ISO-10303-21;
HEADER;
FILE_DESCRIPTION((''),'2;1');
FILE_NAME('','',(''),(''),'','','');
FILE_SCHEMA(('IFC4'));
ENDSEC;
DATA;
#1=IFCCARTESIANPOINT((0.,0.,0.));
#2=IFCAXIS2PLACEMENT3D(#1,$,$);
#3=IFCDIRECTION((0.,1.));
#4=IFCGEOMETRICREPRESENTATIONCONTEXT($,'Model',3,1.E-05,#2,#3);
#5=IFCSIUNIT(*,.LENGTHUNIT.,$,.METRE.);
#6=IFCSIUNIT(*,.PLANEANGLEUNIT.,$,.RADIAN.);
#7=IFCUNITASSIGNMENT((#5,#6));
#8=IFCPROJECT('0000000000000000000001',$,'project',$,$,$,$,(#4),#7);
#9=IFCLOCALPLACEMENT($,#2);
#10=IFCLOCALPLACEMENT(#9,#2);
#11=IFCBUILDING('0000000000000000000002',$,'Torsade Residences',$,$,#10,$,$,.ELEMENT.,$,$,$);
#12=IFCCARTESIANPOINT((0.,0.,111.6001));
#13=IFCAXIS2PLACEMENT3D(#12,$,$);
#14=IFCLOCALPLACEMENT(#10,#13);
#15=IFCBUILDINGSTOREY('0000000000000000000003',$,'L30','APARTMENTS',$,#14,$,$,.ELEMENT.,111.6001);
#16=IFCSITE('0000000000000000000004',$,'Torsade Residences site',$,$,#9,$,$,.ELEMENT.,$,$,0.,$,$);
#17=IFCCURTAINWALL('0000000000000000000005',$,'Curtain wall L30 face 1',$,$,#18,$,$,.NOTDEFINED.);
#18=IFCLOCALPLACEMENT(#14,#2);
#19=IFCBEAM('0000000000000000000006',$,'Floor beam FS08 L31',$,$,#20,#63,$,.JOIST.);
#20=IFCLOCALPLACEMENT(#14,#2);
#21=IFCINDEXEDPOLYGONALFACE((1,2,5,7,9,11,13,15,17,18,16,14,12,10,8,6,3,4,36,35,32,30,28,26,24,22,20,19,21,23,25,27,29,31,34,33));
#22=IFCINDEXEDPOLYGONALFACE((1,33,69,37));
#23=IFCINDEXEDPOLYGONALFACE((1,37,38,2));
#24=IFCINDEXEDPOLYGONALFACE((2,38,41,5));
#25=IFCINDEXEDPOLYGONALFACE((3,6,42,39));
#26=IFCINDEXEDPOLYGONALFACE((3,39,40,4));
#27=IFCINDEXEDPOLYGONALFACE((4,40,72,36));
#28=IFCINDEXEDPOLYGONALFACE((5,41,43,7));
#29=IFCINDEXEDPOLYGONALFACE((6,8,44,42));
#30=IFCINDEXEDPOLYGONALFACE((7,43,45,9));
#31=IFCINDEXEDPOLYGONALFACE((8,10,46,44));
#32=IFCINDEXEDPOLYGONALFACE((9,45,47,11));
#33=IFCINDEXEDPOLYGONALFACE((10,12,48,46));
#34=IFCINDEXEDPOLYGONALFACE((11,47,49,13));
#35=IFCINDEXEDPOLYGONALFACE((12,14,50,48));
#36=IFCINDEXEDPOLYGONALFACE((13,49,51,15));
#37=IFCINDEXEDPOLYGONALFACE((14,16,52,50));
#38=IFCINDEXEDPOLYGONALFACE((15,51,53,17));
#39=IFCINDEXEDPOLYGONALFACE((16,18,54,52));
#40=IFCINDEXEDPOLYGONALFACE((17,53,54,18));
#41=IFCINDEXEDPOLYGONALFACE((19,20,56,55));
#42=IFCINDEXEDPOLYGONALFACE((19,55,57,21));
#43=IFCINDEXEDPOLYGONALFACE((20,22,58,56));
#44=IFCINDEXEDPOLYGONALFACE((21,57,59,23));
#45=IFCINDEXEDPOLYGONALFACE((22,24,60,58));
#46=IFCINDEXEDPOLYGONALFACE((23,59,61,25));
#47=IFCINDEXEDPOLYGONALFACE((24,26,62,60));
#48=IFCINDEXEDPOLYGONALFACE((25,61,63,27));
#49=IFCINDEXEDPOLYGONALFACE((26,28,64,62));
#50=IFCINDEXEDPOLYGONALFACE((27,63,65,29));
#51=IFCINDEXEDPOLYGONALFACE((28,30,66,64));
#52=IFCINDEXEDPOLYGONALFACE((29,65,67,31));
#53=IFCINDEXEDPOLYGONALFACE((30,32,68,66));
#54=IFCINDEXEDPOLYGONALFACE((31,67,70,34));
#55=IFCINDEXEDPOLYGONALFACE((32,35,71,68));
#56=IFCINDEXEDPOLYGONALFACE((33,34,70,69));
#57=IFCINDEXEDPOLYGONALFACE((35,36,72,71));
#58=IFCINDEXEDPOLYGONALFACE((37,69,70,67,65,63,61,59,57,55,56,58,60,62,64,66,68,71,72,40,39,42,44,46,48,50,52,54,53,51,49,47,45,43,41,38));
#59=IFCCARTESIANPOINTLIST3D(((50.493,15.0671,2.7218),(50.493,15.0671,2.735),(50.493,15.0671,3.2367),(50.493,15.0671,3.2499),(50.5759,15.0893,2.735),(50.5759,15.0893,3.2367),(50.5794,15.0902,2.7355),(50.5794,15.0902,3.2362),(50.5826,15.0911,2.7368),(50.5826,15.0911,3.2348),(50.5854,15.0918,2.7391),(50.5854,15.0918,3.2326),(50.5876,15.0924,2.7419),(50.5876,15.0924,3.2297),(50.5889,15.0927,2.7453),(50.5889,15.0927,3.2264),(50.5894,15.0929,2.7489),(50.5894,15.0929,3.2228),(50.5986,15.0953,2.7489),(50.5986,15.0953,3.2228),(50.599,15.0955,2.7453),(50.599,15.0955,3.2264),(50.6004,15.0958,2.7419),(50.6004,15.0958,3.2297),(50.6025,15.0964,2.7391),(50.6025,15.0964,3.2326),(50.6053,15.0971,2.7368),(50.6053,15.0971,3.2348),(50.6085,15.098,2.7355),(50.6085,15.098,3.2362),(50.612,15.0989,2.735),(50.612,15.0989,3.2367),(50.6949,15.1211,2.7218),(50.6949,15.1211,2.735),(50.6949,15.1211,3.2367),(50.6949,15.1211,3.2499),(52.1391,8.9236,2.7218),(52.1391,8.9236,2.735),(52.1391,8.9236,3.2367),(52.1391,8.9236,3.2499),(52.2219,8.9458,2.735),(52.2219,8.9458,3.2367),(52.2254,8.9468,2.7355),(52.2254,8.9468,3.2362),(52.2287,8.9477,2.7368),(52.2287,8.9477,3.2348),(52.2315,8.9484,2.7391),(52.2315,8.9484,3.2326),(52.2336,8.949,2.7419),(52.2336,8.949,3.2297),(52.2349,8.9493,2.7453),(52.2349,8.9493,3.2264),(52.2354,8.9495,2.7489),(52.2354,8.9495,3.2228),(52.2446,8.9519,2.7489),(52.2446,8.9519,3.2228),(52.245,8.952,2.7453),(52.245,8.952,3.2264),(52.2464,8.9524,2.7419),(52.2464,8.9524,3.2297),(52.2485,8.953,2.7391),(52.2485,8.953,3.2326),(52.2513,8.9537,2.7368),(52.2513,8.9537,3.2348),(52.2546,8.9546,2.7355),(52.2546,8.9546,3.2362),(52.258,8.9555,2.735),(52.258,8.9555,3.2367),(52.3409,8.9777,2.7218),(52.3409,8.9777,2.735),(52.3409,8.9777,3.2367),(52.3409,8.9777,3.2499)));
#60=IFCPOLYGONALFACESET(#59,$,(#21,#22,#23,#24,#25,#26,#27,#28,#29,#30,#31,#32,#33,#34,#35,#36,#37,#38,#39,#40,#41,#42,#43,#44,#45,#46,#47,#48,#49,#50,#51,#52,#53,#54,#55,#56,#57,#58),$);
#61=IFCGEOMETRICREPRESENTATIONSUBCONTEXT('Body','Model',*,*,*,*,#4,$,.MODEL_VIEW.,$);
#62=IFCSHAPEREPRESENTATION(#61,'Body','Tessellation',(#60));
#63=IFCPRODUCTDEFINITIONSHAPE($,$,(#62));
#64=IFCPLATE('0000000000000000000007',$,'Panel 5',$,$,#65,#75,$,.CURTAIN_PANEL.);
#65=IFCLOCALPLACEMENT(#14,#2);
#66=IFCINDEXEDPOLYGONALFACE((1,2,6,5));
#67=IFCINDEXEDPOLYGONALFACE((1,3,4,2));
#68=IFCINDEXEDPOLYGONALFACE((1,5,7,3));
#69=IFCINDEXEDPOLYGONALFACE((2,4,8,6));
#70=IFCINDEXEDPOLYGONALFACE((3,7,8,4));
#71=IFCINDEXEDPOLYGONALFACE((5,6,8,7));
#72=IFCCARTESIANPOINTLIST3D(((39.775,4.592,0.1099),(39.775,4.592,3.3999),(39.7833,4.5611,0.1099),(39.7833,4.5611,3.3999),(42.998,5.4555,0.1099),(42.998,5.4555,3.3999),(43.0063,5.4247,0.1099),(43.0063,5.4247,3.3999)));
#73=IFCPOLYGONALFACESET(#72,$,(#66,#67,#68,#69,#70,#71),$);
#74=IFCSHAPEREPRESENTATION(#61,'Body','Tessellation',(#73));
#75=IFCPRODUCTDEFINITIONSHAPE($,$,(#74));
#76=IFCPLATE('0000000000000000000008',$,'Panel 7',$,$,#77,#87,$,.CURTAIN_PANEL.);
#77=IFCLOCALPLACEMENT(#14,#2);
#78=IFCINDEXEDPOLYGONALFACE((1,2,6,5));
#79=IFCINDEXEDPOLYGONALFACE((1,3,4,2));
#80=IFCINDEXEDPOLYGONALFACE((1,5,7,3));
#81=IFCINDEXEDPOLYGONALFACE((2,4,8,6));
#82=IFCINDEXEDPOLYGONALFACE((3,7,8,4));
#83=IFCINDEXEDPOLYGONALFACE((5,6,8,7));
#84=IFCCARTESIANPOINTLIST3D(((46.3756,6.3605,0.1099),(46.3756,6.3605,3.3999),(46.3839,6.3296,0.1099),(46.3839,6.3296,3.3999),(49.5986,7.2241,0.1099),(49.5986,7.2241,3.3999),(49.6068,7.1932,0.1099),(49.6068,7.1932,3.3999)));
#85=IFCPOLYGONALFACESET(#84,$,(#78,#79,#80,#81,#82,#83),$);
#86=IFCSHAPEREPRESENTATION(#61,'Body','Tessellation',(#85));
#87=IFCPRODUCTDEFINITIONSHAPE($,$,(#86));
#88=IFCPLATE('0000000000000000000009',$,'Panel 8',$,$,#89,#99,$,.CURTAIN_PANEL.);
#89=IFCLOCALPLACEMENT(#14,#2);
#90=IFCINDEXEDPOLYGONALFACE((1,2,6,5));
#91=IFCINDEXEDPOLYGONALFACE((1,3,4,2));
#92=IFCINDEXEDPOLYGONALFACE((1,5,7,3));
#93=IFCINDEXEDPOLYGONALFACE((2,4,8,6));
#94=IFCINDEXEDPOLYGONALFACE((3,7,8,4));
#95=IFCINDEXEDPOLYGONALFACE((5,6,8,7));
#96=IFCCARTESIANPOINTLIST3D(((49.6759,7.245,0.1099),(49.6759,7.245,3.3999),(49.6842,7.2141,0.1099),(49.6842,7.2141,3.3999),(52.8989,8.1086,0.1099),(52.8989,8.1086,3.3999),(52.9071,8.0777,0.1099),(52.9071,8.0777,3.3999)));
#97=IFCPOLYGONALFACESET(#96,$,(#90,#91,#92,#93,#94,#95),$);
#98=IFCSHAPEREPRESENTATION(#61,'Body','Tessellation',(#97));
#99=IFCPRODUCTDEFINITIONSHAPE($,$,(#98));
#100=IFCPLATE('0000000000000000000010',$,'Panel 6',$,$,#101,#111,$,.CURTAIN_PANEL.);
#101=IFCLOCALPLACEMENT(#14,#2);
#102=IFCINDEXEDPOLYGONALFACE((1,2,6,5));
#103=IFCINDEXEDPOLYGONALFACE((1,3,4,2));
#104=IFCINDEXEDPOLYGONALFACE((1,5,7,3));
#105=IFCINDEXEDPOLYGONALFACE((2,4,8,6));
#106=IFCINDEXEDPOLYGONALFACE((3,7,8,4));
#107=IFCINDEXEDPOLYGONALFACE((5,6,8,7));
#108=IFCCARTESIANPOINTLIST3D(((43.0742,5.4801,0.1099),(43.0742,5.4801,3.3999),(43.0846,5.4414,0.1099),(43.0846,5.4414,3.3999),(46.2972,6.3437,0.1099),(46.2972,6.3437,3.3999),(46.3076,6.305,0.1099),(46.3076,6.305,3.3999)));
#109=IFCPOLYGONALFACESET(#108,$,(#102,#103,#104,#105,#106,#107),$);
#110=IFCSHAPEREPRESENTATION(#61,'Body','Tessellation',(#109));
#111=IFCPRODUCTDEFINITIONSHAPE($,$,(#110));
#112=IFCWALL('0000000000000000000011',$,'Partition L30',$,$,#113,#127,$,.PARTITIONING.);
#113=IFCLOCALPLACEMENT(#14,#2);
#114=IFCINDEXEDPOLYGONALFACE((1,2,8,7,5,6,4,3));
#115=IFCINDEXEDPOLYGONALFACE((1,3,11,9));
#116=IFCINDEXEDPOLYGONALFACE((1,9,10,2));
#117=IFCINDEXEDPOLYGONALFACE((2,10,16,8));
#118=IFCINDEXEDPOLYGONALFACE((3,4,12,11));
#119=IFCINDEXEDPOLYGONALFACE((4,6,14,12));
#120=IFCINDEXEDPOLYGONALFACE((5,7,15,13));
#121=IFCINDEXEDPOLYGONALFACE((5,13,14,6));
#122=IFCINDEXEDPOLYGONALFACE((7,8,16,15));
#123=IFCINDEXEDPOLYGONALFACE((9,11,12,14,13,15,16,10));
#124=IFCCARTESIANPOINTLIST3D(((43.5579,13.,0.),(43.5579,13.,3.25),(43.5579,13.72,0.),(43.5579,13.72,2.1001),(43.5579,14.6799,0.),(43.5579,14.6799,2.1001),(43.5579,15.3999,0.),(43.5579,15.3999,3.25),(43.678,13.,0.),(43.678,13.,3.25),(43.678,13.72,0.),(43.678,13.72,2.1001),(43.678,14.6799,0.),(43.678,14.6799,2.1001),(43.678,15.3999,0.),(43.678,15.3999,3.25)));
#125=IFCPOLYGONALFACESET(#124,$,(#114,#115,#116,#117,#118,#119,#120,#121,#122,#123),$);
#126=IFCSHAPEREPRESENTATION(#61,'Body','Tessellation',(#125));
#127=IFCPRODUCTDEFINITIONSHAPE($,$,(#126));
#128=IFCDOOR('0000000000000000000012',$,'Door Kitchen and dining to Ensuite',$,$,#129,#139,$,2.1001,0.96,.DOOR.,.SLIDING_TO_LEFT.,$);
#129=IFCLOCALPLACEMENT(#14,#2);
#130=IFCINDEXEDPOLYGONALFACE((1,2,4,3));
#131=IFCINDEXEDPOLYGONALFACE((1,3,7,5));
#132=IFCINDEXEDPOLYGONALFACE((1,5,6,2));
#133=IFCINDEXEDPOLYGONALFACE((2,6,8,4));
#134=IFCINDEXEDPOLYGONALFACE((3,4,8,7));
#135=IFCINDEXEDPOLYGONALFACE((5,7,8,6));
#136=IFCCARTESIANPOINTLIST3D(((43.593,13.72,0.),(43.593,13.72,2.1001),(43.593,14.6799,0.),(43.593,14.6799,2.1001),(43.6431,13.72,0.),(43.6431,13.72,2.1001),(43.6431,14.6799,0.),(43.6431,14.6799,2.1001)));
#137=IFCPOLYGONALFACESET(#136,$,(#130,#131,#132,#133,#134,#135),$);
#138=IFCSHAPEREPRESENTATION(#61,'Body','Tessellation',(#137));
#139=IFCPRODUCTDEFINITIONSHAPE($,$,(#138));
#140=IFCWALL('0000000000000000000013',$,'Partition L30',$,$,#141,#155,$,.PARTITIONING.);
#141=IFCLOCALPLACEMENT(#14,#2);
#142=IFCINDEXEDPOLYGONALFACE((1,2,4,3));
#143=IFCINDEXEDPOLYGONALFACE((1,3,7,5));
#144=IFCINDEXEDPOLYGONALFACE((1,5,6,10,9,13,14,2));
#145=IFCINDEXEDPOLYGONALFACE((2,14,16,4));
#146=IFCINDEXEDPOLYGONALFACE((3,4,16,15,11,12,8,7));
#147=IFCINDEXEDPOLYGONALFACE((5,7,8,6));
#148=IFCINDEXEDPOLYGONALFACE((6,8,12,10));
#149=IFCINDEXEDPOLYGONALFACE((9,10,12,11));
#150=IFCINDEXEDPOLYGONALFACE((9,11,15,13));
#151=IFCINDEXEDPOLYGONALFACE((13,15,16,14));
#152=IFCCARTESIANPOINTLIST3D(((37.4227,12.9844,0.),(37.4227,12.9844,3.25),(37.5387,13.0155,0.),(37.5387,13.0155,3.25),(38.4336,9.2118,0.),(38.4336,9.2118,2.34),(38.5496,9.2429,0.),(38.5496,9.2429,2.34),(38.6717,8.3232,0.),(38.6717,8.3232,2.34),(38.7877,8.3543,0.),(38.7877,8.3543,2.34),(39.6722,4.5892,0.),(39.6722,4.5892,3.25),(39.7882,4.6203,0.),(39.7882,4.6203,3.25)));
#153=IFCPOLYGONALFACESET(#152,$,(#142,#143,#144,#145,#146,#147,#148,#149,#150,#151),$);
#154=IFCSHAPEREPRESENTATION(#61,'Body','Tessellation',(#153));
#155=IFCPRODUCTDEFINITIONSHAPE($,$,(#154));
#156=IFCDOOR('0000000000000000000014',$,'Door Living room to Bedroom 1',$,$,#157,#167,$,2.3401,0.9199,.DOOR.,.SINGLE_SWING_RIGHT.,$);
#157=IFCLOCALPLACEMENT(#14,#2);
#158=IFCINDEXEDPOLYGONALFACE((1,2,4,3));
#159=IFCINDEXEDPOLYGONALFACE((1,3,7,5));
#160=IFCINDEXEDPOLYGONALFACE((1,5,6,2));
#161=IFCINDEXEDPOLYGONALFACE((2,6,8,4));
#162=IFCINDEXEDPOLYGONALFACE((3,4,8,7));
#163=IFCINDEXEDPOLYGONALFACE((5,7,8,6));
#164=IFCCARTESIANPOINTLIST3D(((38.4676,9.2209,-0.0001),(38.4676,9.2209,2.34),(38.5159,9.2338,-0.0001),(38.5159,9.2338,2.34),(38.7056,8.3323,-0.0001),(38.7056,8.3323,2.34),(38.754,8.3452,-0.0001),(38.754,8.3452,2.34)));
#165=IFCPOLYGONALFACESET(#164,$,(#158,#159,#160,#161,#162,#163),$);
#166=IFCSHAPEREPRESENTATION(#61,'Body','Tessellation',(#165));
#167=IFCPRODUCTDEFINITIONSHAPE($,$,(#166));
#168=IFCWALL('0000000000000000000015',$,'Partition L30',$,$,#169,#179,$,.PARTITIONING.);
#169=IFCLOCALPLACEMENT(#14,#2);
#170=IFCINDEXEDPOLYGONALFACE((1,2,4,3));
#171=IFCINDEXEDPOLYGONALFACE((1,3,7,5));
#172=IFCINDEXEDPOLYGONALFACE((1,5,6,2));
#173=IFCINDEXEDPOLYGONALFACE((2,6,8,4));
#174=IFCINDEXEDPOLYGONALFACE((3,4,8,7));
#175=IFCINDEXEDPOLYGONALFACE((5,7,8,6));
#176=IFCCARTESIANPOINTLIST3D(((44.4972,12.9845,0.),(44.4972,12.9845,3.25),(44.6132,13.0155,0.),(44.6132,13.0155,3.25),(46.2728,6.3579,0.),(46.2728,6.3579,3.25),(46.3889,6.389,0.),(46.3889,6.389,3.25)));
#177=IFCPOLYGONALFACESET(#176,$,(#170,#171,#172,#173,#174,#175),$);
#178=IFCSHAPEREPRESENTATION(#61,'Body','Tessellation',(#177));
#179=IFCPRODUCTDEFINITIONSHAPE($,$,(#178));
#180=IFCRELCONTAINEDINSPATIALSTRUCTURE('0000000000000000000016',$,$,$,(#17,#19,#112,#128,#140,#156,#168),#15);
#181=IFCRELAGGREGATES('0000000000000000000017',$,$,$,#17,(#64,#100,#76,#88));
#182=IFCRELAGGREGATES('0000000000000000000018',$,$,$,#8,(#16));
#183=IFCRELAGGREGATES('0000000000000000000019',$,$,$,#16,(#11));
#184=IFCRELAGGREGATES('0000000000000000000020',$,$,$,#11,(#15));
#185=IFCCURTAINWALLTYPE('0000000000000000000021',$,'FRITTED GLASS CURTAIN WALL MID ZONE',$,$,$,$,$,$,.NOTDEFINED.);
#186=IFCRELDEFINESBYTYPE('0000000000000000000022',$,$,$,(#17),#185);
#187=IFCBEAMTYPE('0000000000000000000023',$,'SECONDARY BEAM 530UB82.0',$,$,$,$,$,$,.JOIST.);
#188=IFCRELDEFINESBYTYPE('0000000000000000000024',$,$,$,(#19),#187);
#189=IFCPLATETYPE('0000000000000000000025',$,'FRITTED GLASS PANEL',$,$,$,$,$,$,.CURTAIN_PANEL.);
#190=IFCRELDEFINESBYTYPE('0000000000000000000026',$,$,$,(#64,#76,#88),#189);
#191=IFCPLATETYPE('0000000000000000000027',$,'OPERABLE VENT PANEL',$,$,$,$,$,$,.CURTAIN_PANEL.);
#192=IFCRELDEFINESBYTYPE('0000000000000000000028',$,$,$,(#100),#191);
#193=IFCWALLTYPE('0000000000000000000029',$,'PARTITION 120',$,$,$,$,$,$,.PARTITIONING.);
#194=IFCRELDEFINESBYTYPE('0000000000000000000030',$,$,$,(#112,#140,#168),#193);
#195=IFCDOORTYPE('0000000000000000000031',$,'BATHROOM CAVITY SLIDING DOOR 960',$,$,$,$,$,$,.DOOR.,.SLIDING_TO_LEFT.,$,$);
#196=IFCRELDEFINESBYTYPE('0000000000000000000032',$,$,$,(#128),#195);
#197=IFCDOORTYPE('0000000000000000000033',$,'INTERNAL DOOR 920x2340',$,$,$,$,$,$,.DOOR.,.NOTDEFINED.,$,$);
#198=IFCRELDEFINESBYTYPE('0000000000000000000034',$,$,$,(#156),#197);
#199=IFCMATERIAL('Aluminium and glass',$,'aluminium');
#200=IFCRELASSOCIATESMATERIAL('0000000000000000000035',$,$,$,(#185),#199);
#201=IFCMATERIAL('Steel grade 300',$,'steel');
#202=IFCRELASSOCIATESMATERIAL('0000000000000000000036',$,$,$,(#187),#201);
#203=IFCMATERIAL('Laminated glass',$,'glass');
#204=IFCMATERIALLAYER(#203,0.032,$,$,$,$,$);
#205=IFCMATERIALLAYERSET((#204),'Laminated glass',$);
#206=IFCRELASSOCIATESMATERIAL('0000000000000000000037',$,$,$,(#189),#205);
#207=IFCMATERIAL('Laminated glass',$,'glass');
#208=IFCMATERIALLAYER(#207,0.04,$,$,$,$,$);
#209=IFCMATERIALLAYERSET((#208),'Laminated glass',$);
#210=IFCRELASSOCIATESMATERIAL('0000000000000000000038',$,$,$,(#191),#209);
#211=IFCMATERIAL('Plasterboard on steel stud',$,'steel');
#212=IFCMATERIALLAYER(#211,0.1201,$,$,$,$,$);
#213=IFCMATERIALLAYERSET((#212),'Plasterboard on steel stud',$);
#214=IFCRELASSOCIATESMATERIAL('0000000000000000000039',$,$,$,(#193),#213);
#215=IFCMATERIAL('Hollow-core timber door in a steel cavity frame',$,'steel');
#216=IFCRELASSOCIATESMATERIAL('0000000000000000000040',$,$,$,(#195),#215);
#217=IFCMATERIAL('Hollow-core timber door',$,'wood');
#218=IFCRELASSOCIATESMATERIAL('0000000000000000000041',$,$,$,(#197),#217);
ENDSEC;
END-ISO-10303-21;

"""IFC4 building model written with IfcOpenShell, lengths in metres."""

from ifc_helpers import new_model, si_unit, direction, frame, frame_2d, origin, origin_2d, place, context, subcontext, project, spatial, rectangle, i_section, extrude, material, layer, layer_set, material_profile, profile_set, type_object, element, fill, aggregate, save


model = new_model("IFC4")

# Units and contexts
model_context = context("Model", 3, precision=1e-05, world=origin(), true_north=direction((0.0, 1.0)))
body_context = subcontext(model_context, "Body", "Model", "MODEL_VIEW")
ifc_project = project(units=[si_unit("LENGTHUNIT", "METRE"), si_unit("PLANEANGLEUNIT", "RADIAN")], contexts=[model_context])

# Site, building, storey
site_placement = place(None, origin())
site = spatial("IfcSite", under=ifc_project, at=site_placement, Name="Torsade Residences site", CompositionType="ELEMENT", RefElevation=0.0)
building_placement = place(site_placement, origin())
building = spatial("IfcBuilding", under=site, at=building_placement, Name="Torsade Residences", CompositionType="ELEMENT")
storey_placement = place(building_placement, frame((0.0, 0.0, 111.6001)))
storey = spatial("IfcBuildingStorey", under=building, at=storey_placement, Name="L30", Description="APARTMENTS", CompositionType="ELEMENT", Elevation=111.6001)

# Curtain wall
ifc_material_1 = material(Name="Aluminium and glass", Category="aluminium")
curtain_wall_type = type_object("IfcCurtainWallType", Name="FRITTED GLASS CURTAIN WALL MID ZONE", PredefinedType="NOTDEFINED", material=ifc_material_1)
curtain_wall_placement = place(storey_placement, origin())
curtain_wall = element("IfcCurtainWall", 1, at=curtain_wall_placement, inside=storey, type_object=curtain_wall_type, Name="Curtain wall L30 face 1", PredefinedType="NOTDEFINED")

# Beam
ifc_material_2 = material(Name="Steel grade 300", Category="steel")
ifc_material_profile_1 = material_profile(ifc_material_2, i_section(OverallWidth=0.209, OverallDepth=0.5281, WebThickness=0.0095, FlangeThickness=0.0132, FilletRadius=0.0139, at=origin_2d()), Name="530UB82.0")
ifc_profile_set_1 = profile_set([ifc_material_profile_1], Name="Steel grade 300")
beam_type_1 = type_object("IfcBeamType", Name="SECONDARY BEAM 530UB82.0", PredefinedType="JOIST", material=ifc_profile_set_1)
beam_1_placement = place(storey_placement, frame((52.24, 8.9507, 2.9858), z_axis=(-0.258805, 0.96593, 0.0), x_axis=(-0.96593, -0.258805, 0.0)))
element("IfcBeam", 2, at=beam_1_placement, inside=storey, type_object=beam_type_1, Name="Floor beam FS08 L31", PredefinedType="JOIST", context=body_context, shape_type="SweptSolid", body=[
    extrude(i_section(OverallWidth=0.209, OverallDepth=0.5281, WebThickness=0.0095, FlangeThickness=0.0132, FilletRadius=0.0139, at=origin_2d()), origin(), (0.0, 0.0, 1.0), 6.3601),
])

# Plates
ifc_material_3 = material(Name="Laminated glass", Category="glass")
ifc_layer_1 = layer(ifc_material_3, 0.032)
ifc_layer_set_1 = layer_set([ifc_layer_1], Name="Laminated glass")
plate_type_1 = type_object("IfcPlateType", Name="FRITTED GLASS PANEL", PredefinedType="CURTAIN_PANEL", material=ifc_layer_set_1)
plate_1_placement = place(storey_placement, frame((41.3906, 5.0083, 0.1099), z_axis=(0.0, 0.0, 1.0), x_axis=(0.965926, 0.258819, 0.0)))
plate_1 = element("IfcPlate", 3, at=plate_1_placement, type_object=plate_type_1, Name="Panel 5", PredefinedType="CURTAIN_PANEL", context=body_context, shape_type="SweptSolid", body=[
    extrude(rectangle(XDim=3.3367, YDim=0.032, at=origin_2d()), origin(), (0.0, 0.0, 1.0), 3.29),
])
plate_2_placement = place(storey_placement, frame((47.9912, 6.7769, 0.1099), z_axis=(0.0, 0.0, 1.0), x_axis=(0.965926, 0.258819, 0.0)))
plate_2 = element("IfcPlate", 4, at=plate_2_placement, type_object=plate_type_1, Name="Panel 7", PredefinedType="CURTAIN_PANEL", context=body_context, shape_type="SweptSolid", body=[
    extrude(rectangle(XDim=3.3367, YDim=0.032, at=origin_2d()), origin(), (0.0, 0.0, 1.0), 3.29),
])
plate_3_placement = place(storey_placement, frame((51.2915, 7.6614, 0.1099), z_axis=(0.0, 0.0, 1.0), x_axis=(0.965926, 0.258819, 0.0)))
plate_3 = element("IfcPlate", 5, at=plate_3_placement, type_object=plate_type_1, Name="Panel 8", PredefinedType="CURTAIN_PANEL", context=body_context, shape_type="SweptSolid", body=[
    extrude(rectangle(XDim=3.3367, YDim=0.032, at=origin_2d()), origin(), (0.0, 0.0, 1.0), 3.29),
])
ifc_material_4 = material(Name="Laminated glass", Category="glass")
ifc_layer_2 = layer(ifc_material_4, 0.04)
ifc_layer_set_2 = layer_set([ifc_layer_2], Name="Laminated glass")
plate_type_2 = type_object("IfcPlateType", Name="OPERABLE VENT PANEL", PredefinedType="CURTAIN_PANEL", material=ifc_layer_set_2)
plate_4_placement = place(storey_placement, frame((44.6909, 5.8926, 0.1099), z_axis=(0.0, 0.0, 1.0), x_axis=(0.965926, 0.258819, 0.0)))
plate_4 = element("IfcPlate", 6, at=plate_4_placement, type_object=plate_type_2, Name="Panel 6", PredefinedType="CURTAIN_PANEL", context=body_context, shape_type="SweptSolid", body=[
    extrude(rectangle(XDim=3.3367, YDim=0.04, at=origin_2d()), origin(), (0.0, 0.0, 1.0), 3.29),
])
aggregate(curtain_wall, [plate_1, plate_4, plate_2, plate_3])

# Walls, openings, doors
ifc_material_5 = material(Name="Plasterboard on steel stud", Category="steel")
ifc_layer_3 = layer(ifc_material_5, 0.1201)
ifc_layer_set_3 = layer_set([ifc_layer_3], Name="Plasterboard on steel stud")
wall_type = type_object("IfcWallType", Name="PARTITION 120", PredefinedType="PARTITIONING", material=ifc_layer_set_3)
wall_1_placement = place(storey_placement, frame((43.6179, 13.0, 0.0), z_axis=(0.0, 0.0, 1.0), x_axis=(0.0, 1.0, 0.0)))
wall_1 = element("IfcWall", 7, at=wall_1_placement, inside=storey, type_object=wall_type, Name="Partition L30", PredefinedType="PARTITIONING", context=body_context, shape_type="SweptSolid", body=[
    extrude(rectangle(XDim=2.3999, YDim=0.1201, at=frame_2d((1.2, 0.0))), origin(), (0.0, 0.0, 1.0), 3.25),
])
opening_1_placement = place(wall_1_placement, frame((0.72, 0.0, 0.0)))
opening_1 = element("IfcOpeningElement", 8, at=opening_1_placement, cuts=wall_1, PredefinedType="OPENING", context=body_context, shape_type="SweptSolid", body=[
    extrude(rectangle(XDim=0.96, YDim=2.1001, at=frame_2d((0.48, 1.05))), frame((0.0, 0.0701, 0.0), z_axis=(0.0, -1.0, 0.0), x_axis=(1.0, 0.0, 0.0)), (0.0, 0.0, 1.0), 0.1401),
])
ifc_material_6 = material(Name="Hollow-core timber door in a steel cavity frame", Category="steel")
door_type_1 = type_object("IfcDoorType", Name="BATHROOM CAVITY SLIDING DOOR 960", OperationType="SLIDING_TO_LEFT", PredefinedType="DOOR", material=ifc_material_6)
door_1_placement = place(opening_1_placement, origin())
door_1 = element("IfcDoor", 9, at=door_1_placement, inside=storey, type_object=door_type_1, Name="Door Kitchen and dining to Ensuite", OperationType="SLIDING_TO_LEFT", OverallHeight=2.1001, OverallWidth=0.96, PredefinedType="DOOR", context=body_context, shape_type="SweptSolid", body=[
    extrude(rectangle(XDim=0.96, YDim=2.1001, at=frame_2d((0.48, 1.05))), frame((0.0, 0.0249, 0.0), z_axis=(0.0, -1.0, 0.0), x_axis=(1.0, 0.0, 0.0)), (0.0, 0.0, 1.0), 0.05),
])
fill(opening_1, door_1)
wall_2_placement = place(storey_placement, frame((39.7302, 4.6047, 0.0), z_axis=(0.0, 0.0, 1.0), x_axis=(-0.25882, 0.965926, 0.0)))
wall_2 = element("IfcWall", 10, at=wall_2_placement, inside=storey, type_object=wall_type, Name="Partition L30", PredefinedType="PARTITIONING", context=body_context, shape_type="SweptSolid", body=[
    extrude(rectangle(XDim=8.6914, YDim=0.1201, at=frame_2d((4.3457, 0.0))), origin(), (0.0, 0.0, 1.0), 3.25),
])
opening_2_placement = place(wall_2_placement, frame((3.8657, 0.0, 0.0)))
opening_2 = element("IfcOpeningElement", 11, at=opening_2_placement, cuts=wall_2, PredefinedType="OPENING", context=body_context, shape_type="SweptSolid", body=[
    extrude(rectangle(XDim=0.9199, YDim=2.3401, at=frame_2d((0.46, 1.1699))), frame((0.0, 0.0701, 0.0), z_axis=(0.0, -1.0, 0.0), x_axis=(1.0, 0.0, 0.0)), (0.0, 0.0, 1.0), 0.1401),
])
ifc_material_7 = material(Name="Hollow-core timber door", Category="wood")
door_type_2 = type_object("IfcDoorType", Name="INTERNAL DOOR 920x2340", OperationType="NOTDEFINED", PredefinedType="DOOR", material=ifc_material_7)
door_2_placement = place(opening_2_placement, origin())
door_2 = element("IfcDoor", 12, at=door_2_placement, inside=storey, type_object=door_type_2, Name="Door Living room to Bedroom 1", OperationType="SINGLE_SWING_RIGHT", OverallHeight=2.3401, OverallWidth=0.9199, PredefinedType="DOOR", context=body_context, shape_type="SweptSolid", body=[
    extrude(rectangle(XDim=0.9199, YDim=2.3401, at=frame_2d((0.46, 1.1699))), frame((0.0, 0.0249, 0.0), z_axis=(0.0, -1.0, 0.0), x_axis=(1.0, 0.0, 0.0)), (0.0, 0.0, 1.0), 0.05),
])
fill(opening_2, door_2)

# Wall
wall_3_placement = place(storey_placement, frame((44.5552, 13.0, 0.0), z_axis=(0.0, 0.0, 1.0), x_axis=(0.25883, -0.965923, 0.0)))
element("IfcWall", 13, at=wall_3_placement, inside=storey, type_object=wall_type, Name="Partition L30", PredefinedType="PARTITIONING", context=body_context, shape_type="SweptSolid", body=[
    extrude(rectangle(XDim=6.8604, YDim=0.1201, at=frame_2d((3.4302, 0.0))), origin(), (0.0, 0.0, 1.0), 3.25),
])

save(model, "model.ifc")
